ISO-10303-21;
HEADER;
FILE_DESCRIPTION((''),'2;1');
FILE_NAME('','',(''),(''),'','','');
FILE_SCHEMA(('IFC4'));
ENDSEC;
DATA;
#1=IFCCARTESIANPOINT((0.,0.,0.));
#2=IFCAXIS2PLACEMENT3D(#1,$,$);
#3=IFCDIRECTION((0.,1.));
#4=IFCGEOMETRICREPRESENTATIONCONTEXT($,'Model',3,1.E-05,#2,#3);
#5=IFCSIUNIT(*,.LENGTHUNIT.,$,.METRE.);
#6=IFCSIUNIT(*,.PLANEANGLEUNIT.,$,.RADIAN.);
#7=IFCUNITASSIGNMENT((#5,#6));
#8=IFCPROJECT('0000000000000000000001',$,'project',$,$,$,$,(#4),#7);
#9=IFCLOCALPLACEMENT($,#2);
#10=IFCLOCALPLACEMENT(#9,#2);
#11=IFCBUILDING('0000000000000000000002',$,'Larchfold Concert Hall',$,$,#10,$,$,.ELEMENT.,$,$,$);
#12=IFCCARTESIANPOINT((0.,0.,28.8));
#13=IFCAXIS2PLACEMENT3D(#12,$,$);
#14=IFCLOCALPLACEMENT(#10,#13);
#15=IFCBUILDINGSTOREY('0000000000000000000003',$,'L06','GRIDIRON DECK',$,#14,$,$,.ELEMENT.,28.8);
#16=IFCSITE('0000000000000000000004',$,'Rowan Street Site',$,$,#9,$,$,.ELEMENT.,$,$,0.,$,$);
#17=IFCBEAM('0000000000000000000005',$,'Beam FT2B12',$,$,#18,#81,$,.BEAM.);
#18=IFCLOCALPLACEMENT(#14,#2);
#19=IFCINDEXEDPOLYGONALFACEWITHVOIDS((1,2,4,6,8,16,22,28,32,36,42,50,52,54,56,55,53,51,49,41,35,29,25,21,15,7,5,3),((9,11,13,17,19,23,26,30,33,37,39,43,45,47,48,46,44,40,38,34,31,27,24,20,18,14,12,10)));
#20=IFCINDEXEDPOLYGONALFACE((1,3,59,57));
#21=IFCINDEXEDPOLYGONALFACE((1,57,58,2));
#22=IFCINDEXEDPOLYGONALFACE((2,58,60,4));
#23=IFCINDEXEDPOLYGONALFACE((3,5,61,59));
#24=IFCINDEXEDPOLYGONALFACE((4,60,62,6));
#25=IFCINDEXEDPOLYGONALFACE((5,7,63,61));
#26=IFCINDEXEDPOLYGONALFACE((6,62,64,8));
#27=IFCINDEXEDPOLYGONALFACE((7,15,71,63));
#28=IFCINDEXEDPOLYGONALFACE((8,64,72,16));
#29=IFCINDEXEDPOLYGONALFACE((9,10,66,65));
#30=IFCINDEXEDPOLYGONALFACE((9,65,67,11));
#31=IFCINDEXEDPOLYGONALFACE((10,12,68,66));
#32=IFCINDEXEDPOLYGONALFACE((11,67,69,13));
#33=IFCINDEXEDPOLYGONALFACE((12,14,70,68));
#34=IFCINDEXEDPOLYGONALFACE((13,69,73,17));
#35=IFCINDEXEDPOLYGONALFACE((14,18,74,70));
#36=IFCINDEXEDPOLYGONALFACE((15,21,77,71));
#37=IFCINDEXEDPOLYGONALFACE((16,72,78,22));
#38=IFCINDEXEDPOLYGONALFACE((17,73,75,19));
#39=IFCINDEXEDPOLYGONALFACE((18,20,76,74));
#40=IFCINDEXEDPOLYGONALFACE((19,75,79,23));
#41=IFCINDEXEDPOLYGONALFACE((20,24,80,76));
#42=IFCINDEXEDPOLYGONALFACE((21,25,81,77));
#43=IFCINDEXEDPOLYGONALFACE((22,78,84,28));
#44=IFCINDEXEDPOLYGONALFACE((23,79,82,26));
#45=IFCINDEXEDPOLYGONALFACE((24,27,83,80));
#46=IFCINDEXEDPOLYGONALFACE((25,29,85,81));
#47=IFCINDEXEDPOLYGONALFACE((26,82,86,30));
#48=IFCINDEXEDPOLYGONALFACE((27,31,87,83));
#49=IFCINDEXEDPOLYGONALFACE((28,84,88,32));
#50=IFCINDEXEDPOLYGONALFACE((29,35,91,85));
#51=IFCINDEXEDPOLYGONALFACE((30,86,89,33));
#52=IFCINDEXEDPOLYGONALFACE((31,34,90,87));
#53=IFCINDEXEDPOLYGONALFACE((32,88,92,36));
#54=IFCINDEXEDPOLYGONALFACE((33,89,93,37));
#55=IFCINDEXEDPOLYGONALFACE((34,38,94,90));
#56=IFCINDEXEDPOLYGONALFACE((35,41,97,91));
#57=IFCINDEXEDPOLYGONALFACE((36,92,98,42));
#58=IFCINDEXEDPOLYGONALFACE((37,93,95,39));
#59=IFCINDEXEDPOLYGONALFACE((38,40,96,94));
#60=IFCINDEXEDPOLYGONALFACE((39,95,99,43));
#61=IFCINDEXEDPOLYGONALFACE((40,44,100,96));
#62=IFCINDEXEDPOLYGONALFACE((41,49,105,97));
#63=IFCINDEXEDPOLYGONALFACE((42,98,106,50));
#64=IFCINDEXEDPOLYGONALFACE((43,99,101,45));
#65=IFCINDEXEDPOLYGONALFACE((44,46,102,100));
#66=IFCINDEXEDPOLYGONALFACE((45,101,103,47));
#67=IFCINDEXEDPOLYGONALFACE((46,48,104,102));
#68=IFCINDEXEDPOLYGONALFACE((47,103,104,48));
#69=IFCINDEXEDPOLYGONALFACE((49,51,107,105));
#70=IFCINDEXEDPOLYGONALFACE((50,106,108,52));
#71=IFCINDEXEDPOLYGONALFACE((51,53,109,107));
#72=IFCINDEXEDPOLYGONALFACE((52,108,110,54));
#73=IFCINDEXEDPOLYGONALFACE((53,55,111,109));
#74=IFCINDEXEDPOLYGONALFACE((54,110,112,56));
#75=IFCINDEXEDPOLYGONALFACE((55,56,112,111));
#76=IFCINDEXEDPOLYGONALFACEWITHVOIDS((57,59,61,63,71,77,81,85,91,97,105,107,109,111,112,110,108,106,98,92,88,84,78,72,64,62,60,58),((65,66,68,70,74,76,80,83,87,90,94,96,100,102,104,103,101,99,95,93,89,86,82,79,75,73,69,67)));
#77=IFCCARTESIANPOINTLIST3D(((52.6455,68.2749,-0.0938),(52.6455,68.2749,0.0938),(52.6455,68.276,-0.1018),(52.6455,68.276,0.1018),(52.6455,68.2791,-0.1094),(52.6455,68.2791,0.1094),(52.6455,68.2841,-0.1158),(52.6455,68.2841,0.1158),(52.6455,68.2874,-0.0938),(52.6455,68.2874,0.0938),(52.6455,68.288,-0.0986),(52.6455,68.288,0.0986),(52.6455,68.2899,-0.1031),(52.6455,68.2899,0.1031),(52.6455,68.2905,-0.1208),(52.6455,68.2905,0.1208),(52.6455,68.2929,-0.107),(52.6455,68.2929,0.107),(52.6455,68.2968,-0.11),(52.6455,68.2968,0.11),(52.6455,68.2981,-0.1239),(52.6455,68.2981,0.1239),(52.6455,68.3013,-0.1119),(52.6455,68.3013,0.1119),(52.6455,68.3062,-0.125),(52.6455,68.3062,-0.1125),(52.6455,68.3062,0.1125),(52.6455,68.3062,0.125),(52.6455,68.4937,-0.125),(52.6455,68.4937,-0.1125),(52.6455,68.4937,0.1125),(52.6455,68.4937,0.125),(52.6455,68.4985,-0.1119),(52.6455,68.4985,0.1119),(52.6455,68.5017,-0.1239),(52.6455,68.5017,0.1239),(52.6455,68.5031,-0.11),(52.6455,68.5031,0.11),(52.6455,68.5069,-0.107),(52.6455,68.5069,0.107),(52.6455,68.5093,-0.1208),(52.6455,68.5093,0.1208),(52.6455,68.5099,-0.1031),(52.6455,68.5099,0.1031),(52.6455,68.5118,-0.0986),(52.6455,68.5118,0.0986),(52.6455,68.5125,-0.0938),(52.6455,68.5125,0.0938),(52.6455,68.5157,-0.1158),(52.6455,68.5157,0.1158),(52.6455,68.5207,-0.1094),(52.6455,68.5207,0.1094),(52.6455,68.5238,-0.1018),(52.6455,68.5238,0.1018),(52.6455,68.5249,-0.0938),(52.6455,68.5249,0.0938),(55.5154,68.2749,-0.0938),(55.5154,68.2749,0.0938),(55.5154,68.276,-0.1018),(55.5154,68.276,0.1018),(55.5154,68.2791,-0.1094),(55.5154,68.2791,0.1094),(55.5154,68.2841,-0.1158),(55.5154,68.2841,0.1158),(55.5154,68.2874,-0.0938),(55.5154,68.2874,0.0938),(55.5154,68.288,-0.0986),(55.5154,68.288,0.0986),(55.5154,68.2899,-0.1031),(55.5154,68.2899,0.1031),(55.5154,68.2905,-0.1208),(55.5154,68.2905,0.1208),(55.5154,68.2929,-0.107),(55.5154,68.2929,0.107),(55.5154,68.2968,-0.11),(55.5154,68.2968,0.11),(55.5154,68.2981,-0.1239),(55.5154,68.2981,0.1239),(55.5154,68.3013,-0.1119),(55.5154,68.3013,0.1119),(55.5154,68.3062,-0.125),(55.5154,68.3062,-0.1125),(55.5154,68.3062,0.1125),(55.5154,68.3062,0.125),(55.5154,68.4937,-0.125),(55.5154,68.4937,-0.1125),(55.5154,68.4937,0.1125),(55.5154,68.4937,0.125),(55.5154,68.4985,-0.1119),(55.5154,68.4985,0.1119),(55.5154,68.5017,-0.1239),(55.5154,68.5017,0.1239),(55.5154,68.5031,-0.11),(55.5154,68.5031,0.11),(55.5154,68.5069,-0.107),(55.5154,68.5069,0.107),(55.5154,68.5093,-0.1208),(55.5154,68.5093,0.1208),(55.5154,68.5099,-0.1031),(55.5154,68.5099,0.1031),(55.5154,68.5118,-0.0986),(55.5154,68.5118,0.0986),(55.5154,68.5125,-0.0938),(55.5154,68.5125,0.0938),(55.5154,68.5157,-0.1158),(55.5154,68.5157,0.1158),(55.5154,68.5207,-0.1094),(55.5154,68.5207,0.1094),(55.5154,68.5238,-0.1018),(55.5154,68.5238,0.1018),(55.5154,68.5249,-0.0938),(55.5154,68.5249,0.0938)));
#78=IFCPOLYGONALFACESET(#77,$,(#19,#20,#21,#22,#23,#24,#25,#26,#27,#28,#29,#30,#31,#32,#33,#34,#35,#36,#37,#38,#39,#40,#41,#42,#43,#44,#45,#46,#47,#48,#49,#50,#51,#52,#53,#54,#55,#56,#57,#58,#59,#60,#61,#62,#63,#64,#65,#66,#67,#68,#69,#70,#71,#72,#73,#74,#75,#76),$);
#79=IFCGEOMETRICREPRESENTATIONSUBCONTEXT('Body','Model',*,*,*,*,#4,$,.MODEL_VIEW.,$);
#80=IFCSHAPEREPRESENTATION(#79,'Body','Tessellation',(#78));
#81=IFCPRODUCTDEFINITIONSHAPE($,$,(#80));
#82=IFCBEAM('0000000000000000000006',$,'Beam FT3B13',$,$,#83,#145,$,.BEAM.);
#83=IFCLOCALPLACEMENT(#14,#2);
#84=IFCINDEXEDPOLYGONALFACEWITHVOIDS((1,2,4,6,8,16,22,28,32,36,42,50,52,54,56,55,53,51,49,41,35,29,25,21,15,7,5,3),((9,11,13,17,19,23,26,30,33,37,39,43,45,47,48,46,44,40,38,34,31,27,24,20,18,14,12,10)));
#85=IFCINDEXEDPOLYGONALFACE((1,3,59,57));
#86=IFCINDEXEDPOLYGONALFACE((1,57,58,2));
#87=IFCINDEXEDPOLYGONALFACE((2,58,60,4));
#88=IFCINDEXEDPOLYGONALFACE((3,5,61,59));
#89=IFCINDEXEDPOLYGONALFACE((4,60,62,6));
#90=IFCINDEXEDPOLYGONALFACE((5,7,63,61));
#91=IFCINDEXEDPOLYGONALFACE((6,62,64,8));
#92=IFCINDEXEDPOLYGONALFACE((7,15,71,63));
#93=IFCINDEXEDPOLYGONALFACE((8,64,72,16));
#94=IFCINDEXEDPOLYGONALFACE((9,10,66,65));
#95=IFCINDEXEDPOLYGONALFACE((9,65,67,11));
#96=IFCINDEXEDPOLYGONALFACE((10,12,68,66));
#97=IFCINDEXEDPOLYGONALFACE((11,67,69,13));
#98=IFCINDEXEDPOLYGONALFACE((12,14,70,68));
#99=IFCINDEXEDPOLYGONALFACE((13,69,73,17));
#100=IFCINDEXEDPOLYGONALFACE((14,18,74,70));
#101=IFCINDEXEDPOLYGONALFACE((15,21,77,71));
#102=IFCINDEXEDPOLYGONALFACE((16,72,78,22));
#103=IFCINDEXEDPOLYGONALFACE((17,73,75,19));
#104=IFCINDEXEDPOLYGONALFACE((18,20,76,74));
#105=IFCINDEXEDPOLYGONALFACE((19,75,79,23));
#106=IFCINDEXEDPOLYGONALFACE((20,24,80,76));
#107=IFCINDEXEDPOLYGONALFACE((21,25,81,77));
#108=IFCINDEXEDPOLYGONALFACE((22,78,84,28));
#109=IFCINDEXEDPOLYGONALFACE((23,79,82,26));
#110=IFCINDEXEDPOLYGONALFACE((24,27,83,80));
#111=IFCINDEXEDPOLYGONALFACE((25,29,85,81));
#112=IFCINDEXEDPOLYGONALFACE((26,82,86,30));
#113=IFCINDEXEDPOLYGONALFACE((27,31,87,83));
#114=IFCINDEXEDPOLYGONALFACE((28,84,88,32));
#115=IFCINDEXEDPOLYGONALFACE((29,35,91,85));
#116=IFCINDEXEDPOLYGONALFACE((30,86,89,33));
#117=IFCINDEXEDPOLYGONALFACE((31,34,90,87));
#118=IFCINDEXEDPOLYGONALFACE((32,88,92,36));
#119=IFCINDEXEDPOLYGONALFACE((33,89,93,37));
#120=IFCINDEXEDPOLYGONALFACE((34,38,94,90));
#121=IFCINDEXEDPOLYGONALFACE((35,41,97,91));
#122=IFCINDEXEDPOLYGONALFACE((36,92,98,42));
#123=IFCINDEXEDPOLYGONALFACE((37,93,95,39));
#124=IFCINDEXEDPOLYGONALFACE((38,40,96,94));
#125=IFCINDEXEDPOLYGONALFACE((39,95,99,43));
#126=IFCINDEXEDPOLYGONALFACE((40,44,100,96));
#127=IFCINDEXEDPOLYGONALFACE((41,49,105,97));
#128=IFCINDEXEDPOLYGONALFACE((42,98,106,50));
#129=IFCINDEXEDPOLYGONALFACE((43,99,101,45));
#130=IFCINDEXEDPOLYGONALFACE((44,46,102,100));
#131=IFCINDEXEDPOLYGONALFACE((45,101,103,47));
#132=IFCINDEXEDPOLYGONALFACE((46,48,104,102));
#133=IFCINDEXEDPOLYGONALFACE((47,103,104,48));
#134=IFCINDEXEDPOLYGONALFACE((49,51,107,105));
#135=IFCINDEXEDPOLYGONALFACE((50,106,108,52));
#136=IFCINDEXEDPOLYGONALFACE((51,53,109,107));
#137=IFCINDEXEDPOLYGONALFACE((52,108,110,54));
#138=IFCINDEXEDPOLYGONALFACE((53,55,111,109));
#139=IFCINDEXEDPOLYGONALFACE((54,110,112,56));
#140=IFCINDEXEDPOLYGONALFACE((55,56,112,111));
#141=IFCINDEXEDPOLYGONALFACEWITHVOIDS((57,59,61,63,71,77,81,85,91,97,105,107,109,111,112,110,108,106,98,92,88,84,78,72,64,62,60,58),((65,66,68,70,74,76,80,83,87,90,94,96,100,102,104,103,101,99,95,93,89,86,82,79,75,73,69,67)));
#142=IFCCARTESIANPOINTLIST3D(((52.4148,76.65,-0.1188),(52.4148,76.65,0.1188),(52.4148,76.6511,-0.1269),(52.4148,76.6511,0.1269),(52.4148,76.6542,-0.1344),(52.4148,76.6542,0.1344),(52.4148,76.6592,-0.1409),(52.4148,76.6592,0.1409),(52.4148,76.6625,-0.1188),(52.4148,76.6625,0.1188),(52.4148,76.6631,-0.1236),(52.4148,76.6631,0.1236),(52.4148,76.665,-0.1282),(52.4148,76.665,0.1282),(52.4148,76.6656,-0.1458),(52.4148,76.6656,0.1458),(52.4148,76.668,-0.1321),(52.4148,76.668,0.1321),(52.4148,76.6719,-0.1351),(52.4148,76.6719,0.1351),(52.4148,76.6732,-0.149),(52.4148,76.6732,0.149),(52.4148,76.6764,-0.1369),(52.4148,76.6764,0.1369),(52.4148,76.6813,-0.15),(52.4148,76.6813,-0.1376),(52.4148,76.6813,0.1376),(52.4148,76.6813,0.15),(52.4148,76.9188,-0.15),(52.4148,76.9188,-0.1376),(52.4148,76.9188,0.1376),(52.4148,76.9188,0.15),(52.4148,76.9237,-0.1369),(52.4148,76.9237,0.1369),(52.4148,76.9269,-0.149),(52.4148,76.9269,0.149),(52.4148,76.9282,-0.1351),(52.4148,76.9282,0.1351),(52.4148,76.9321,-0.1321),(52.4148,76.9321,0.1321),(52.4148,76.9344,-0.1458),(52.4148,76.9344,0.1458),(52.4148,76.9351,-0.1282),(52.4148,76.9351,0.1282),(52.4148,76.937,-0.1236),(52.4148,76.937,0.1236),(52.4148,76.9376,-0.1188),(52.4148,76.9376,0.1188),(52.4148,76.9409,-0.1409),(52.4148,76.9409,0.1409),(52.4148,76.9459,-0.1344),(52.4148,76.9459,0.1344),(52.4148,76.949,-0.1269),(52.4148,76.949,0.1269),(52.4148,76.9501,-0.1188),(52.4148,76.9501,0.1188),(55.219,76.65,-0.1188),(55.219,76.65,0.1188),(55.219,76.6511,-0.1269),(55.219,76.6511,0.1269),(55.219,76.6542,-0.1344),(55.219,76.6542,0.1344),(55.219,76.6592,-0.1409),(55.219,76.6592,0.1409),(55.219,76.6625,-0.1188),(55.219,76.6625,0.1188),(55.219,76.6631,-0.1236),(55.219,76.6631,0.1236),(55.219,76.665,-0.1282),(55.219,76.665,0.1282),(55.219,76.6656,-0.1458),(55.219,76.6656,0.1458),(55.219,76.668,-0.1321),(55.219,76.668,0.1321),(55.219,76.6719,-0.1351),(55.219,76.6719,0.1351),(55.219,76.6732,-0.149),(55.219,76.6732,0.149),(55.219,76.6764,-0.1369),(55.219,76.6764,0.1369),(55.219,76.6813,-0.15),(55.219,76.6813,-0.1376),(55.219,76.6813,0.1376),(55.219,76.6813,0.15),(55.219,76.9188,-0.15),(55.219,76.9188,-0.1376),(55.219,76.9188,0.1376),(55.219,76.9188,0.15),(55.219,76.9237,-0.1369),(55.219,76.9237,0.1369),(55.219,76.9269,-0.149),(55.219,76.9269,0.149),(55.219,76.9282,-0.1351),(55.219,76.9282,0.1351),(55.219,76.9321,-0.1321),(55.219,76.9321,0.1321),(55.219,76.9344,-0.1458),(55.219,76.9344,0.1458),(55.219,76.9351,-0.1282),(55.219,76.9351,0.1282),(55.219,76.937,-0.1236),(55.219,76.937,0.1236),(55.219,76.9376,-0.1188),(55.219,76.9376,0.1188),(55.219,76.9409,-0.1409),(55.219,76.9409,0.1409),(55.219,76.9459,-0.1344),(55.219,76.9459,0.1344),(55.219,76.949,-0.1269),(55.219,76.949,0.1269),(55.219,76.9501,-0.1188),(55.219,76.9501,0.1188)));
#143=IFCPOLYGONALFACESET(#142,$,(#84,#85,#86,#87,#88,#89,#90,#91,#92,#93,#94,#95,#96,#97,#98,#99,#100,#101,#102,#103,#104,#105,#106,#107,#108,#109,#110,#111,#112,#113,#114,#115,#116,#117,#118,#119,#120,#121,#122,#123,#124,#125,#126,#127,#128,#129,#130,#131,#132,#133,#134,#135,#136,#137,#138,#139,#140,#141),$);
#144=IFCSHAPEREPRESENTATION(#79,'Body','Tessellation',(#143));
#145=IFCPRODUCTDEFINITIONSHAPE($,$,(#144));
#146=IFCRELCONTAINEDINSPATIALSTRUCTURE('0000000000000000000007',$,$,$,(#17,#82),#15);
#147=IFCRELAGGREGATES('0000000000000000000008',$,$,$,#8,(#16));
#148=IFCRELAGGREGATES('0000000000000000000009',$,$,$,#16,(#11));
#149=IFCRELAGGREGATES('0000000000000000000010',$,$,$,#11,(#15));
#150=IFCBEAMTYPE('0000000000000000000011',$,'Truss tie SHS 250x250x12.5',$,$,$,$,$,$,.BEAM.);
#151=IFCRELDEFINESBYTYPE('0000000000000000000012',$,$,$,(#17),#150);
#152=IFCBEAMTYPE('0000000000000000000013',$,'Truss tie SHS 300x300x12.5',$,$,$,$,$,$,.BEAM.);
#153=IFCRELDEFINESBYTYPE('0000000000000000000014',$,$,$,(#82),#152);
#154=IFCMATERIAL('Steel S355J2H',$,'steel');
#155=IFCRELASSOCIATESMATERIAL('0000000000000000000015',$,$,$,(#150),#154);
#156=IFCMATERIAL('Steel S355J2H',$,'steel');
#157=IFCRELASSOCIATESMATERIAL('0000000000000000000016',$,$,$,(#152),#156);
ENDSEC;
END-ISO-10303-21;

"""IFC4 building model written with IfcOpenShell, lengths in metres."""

from ifc_helpers import new_model, si_unit, direction, frame, origin, origin_2d, place, context, subcontext, project, spatial, hollow_rectangle, extrude, material, material_profile, profile_set, type_object, element, save


model = new_model("IFC4")

# Units and contexts
model_context = context("Model", 3, precision=1e-05, world=origin(), true_north=direction((0.0, 1.0)))
body_context = subcontext(model_context, "Body", "Model", "MODEL_VIEW")
ifc_project = project(units=[si_unit("LENGTHUNIT", "METRE"), si_unit("PLANEANGLEUNIT", "RADIAN")], contexts=[model_context])

# Site, building, storey
site_placement = place(None, origin())
site = spatial("IfcSite", under=ifc_project, at=site_placement, Name="Rowan Street Site", CompositionType="ELEMENT", RefElevation=0.0)
building_placement = place(site_placement, origin())
building = spatial("IfcBuilding", under=site, at=building_placement, Name="Larchfold Concert Hall", CompositionType="ELEMENT")
storey_placement = place(building_placement, frame((0.0, 0.0, 28.8)))
storey = spatial("IfcBuildingStorey", under=building, at=storey_placement, Name="L06", Description="GRIDIRON DECK", CompositionType="ELEMENT", Elevation=28.8)

# Beams
ifc_material_1 = material(Name="Steel S355J2H", Category="steel")
ifc_material_profile_1 = material_profile(ifc_material_1, hollow_rectangle(XDim=0.25, YDim=0.25, WallThickness=0.0125, InnerFilletRadius=0.0188, OuterFilletRadius=0.0312, at=origin_2d()))
ifc_profile_set_1 = profile_set([ifc_material_profile_1], Name="Steel S355J2H")
beam_type_1 = type_object("IfcBeamType", Name="Truss tie SHS 250x250x12.5", PredefinedType="BEAM", material=ifc_profile_set_1)
beam_1_placement = place(storey_placement, frame((52.6455, 68.3999, 0.0), z_axis=(1.0, 0.0, 0.0), x_axis=(0.0, 1.0, 0.0)))
element("IfcBeam", 1, at=beam_1_placement, inside=storey, type_object=beam_type_1, Name="Beam FT2B12", PredefinedType="BEAM", context=body_context, shape_type="SweptSolid", body=[
    extrude(hollow_rectangle(XDim=0.25, YDim=0.25, WallThickness=0.0125, InnerFilletRadius=0.0188, OuterFilletRadius=0.0312, at=origin_2d()), origin(), (0.0, 0.0, 1.0), 2.8699),
])
ifc_material_2 = material(Name="Steel S355J2H", Category="steel")
ifc_material_profile_2 = material_profile(ifc_material_2, hollow_rectangle(XDim=0.3, YDim=0.3, WallThickness=0.0125, InnerFilletRadius=0.0188, OuterFilletRadius=0.0312, at=origin_2d()))
ifc_profile_set_2 = profile_set([ifc_material_profile_2], Name="Steel S355J2H")
beam_type_2 = type_object("IfcBeamType", Name="Truss tie SHS 300x300x12.5", PredefinedType="BEAM", material=ifc_profile_set_2)
for number, where, z_axis, x_axis, name in (
    (2, (52.4148, 76.8, 0.0), (1.0, 0.0, 0.0), (0.0, 1.0, 0.0), "Beam FT3B13"),
):
    element("IfcBeam", number, at=place(storey_placement, frame(where, z_axis=z_axis, x_axis=x_axis)), inside=storey, type_object=beam_type_2, Name=name, PredefinedType="BEAM", context=body_context, shape_type="SweptSolid", body=[
        extrude(hollow_rectangle(XDim=0.3, YDim=0.3, WallThickness=0.0125, InnerFilletRadius=0.0188, OuterFilletRadius=0.0312, at=origin_2d()), origin(), (0.0, 0.0, 1.0), 2.8042),
    ])

save(model, "model.ifc")
